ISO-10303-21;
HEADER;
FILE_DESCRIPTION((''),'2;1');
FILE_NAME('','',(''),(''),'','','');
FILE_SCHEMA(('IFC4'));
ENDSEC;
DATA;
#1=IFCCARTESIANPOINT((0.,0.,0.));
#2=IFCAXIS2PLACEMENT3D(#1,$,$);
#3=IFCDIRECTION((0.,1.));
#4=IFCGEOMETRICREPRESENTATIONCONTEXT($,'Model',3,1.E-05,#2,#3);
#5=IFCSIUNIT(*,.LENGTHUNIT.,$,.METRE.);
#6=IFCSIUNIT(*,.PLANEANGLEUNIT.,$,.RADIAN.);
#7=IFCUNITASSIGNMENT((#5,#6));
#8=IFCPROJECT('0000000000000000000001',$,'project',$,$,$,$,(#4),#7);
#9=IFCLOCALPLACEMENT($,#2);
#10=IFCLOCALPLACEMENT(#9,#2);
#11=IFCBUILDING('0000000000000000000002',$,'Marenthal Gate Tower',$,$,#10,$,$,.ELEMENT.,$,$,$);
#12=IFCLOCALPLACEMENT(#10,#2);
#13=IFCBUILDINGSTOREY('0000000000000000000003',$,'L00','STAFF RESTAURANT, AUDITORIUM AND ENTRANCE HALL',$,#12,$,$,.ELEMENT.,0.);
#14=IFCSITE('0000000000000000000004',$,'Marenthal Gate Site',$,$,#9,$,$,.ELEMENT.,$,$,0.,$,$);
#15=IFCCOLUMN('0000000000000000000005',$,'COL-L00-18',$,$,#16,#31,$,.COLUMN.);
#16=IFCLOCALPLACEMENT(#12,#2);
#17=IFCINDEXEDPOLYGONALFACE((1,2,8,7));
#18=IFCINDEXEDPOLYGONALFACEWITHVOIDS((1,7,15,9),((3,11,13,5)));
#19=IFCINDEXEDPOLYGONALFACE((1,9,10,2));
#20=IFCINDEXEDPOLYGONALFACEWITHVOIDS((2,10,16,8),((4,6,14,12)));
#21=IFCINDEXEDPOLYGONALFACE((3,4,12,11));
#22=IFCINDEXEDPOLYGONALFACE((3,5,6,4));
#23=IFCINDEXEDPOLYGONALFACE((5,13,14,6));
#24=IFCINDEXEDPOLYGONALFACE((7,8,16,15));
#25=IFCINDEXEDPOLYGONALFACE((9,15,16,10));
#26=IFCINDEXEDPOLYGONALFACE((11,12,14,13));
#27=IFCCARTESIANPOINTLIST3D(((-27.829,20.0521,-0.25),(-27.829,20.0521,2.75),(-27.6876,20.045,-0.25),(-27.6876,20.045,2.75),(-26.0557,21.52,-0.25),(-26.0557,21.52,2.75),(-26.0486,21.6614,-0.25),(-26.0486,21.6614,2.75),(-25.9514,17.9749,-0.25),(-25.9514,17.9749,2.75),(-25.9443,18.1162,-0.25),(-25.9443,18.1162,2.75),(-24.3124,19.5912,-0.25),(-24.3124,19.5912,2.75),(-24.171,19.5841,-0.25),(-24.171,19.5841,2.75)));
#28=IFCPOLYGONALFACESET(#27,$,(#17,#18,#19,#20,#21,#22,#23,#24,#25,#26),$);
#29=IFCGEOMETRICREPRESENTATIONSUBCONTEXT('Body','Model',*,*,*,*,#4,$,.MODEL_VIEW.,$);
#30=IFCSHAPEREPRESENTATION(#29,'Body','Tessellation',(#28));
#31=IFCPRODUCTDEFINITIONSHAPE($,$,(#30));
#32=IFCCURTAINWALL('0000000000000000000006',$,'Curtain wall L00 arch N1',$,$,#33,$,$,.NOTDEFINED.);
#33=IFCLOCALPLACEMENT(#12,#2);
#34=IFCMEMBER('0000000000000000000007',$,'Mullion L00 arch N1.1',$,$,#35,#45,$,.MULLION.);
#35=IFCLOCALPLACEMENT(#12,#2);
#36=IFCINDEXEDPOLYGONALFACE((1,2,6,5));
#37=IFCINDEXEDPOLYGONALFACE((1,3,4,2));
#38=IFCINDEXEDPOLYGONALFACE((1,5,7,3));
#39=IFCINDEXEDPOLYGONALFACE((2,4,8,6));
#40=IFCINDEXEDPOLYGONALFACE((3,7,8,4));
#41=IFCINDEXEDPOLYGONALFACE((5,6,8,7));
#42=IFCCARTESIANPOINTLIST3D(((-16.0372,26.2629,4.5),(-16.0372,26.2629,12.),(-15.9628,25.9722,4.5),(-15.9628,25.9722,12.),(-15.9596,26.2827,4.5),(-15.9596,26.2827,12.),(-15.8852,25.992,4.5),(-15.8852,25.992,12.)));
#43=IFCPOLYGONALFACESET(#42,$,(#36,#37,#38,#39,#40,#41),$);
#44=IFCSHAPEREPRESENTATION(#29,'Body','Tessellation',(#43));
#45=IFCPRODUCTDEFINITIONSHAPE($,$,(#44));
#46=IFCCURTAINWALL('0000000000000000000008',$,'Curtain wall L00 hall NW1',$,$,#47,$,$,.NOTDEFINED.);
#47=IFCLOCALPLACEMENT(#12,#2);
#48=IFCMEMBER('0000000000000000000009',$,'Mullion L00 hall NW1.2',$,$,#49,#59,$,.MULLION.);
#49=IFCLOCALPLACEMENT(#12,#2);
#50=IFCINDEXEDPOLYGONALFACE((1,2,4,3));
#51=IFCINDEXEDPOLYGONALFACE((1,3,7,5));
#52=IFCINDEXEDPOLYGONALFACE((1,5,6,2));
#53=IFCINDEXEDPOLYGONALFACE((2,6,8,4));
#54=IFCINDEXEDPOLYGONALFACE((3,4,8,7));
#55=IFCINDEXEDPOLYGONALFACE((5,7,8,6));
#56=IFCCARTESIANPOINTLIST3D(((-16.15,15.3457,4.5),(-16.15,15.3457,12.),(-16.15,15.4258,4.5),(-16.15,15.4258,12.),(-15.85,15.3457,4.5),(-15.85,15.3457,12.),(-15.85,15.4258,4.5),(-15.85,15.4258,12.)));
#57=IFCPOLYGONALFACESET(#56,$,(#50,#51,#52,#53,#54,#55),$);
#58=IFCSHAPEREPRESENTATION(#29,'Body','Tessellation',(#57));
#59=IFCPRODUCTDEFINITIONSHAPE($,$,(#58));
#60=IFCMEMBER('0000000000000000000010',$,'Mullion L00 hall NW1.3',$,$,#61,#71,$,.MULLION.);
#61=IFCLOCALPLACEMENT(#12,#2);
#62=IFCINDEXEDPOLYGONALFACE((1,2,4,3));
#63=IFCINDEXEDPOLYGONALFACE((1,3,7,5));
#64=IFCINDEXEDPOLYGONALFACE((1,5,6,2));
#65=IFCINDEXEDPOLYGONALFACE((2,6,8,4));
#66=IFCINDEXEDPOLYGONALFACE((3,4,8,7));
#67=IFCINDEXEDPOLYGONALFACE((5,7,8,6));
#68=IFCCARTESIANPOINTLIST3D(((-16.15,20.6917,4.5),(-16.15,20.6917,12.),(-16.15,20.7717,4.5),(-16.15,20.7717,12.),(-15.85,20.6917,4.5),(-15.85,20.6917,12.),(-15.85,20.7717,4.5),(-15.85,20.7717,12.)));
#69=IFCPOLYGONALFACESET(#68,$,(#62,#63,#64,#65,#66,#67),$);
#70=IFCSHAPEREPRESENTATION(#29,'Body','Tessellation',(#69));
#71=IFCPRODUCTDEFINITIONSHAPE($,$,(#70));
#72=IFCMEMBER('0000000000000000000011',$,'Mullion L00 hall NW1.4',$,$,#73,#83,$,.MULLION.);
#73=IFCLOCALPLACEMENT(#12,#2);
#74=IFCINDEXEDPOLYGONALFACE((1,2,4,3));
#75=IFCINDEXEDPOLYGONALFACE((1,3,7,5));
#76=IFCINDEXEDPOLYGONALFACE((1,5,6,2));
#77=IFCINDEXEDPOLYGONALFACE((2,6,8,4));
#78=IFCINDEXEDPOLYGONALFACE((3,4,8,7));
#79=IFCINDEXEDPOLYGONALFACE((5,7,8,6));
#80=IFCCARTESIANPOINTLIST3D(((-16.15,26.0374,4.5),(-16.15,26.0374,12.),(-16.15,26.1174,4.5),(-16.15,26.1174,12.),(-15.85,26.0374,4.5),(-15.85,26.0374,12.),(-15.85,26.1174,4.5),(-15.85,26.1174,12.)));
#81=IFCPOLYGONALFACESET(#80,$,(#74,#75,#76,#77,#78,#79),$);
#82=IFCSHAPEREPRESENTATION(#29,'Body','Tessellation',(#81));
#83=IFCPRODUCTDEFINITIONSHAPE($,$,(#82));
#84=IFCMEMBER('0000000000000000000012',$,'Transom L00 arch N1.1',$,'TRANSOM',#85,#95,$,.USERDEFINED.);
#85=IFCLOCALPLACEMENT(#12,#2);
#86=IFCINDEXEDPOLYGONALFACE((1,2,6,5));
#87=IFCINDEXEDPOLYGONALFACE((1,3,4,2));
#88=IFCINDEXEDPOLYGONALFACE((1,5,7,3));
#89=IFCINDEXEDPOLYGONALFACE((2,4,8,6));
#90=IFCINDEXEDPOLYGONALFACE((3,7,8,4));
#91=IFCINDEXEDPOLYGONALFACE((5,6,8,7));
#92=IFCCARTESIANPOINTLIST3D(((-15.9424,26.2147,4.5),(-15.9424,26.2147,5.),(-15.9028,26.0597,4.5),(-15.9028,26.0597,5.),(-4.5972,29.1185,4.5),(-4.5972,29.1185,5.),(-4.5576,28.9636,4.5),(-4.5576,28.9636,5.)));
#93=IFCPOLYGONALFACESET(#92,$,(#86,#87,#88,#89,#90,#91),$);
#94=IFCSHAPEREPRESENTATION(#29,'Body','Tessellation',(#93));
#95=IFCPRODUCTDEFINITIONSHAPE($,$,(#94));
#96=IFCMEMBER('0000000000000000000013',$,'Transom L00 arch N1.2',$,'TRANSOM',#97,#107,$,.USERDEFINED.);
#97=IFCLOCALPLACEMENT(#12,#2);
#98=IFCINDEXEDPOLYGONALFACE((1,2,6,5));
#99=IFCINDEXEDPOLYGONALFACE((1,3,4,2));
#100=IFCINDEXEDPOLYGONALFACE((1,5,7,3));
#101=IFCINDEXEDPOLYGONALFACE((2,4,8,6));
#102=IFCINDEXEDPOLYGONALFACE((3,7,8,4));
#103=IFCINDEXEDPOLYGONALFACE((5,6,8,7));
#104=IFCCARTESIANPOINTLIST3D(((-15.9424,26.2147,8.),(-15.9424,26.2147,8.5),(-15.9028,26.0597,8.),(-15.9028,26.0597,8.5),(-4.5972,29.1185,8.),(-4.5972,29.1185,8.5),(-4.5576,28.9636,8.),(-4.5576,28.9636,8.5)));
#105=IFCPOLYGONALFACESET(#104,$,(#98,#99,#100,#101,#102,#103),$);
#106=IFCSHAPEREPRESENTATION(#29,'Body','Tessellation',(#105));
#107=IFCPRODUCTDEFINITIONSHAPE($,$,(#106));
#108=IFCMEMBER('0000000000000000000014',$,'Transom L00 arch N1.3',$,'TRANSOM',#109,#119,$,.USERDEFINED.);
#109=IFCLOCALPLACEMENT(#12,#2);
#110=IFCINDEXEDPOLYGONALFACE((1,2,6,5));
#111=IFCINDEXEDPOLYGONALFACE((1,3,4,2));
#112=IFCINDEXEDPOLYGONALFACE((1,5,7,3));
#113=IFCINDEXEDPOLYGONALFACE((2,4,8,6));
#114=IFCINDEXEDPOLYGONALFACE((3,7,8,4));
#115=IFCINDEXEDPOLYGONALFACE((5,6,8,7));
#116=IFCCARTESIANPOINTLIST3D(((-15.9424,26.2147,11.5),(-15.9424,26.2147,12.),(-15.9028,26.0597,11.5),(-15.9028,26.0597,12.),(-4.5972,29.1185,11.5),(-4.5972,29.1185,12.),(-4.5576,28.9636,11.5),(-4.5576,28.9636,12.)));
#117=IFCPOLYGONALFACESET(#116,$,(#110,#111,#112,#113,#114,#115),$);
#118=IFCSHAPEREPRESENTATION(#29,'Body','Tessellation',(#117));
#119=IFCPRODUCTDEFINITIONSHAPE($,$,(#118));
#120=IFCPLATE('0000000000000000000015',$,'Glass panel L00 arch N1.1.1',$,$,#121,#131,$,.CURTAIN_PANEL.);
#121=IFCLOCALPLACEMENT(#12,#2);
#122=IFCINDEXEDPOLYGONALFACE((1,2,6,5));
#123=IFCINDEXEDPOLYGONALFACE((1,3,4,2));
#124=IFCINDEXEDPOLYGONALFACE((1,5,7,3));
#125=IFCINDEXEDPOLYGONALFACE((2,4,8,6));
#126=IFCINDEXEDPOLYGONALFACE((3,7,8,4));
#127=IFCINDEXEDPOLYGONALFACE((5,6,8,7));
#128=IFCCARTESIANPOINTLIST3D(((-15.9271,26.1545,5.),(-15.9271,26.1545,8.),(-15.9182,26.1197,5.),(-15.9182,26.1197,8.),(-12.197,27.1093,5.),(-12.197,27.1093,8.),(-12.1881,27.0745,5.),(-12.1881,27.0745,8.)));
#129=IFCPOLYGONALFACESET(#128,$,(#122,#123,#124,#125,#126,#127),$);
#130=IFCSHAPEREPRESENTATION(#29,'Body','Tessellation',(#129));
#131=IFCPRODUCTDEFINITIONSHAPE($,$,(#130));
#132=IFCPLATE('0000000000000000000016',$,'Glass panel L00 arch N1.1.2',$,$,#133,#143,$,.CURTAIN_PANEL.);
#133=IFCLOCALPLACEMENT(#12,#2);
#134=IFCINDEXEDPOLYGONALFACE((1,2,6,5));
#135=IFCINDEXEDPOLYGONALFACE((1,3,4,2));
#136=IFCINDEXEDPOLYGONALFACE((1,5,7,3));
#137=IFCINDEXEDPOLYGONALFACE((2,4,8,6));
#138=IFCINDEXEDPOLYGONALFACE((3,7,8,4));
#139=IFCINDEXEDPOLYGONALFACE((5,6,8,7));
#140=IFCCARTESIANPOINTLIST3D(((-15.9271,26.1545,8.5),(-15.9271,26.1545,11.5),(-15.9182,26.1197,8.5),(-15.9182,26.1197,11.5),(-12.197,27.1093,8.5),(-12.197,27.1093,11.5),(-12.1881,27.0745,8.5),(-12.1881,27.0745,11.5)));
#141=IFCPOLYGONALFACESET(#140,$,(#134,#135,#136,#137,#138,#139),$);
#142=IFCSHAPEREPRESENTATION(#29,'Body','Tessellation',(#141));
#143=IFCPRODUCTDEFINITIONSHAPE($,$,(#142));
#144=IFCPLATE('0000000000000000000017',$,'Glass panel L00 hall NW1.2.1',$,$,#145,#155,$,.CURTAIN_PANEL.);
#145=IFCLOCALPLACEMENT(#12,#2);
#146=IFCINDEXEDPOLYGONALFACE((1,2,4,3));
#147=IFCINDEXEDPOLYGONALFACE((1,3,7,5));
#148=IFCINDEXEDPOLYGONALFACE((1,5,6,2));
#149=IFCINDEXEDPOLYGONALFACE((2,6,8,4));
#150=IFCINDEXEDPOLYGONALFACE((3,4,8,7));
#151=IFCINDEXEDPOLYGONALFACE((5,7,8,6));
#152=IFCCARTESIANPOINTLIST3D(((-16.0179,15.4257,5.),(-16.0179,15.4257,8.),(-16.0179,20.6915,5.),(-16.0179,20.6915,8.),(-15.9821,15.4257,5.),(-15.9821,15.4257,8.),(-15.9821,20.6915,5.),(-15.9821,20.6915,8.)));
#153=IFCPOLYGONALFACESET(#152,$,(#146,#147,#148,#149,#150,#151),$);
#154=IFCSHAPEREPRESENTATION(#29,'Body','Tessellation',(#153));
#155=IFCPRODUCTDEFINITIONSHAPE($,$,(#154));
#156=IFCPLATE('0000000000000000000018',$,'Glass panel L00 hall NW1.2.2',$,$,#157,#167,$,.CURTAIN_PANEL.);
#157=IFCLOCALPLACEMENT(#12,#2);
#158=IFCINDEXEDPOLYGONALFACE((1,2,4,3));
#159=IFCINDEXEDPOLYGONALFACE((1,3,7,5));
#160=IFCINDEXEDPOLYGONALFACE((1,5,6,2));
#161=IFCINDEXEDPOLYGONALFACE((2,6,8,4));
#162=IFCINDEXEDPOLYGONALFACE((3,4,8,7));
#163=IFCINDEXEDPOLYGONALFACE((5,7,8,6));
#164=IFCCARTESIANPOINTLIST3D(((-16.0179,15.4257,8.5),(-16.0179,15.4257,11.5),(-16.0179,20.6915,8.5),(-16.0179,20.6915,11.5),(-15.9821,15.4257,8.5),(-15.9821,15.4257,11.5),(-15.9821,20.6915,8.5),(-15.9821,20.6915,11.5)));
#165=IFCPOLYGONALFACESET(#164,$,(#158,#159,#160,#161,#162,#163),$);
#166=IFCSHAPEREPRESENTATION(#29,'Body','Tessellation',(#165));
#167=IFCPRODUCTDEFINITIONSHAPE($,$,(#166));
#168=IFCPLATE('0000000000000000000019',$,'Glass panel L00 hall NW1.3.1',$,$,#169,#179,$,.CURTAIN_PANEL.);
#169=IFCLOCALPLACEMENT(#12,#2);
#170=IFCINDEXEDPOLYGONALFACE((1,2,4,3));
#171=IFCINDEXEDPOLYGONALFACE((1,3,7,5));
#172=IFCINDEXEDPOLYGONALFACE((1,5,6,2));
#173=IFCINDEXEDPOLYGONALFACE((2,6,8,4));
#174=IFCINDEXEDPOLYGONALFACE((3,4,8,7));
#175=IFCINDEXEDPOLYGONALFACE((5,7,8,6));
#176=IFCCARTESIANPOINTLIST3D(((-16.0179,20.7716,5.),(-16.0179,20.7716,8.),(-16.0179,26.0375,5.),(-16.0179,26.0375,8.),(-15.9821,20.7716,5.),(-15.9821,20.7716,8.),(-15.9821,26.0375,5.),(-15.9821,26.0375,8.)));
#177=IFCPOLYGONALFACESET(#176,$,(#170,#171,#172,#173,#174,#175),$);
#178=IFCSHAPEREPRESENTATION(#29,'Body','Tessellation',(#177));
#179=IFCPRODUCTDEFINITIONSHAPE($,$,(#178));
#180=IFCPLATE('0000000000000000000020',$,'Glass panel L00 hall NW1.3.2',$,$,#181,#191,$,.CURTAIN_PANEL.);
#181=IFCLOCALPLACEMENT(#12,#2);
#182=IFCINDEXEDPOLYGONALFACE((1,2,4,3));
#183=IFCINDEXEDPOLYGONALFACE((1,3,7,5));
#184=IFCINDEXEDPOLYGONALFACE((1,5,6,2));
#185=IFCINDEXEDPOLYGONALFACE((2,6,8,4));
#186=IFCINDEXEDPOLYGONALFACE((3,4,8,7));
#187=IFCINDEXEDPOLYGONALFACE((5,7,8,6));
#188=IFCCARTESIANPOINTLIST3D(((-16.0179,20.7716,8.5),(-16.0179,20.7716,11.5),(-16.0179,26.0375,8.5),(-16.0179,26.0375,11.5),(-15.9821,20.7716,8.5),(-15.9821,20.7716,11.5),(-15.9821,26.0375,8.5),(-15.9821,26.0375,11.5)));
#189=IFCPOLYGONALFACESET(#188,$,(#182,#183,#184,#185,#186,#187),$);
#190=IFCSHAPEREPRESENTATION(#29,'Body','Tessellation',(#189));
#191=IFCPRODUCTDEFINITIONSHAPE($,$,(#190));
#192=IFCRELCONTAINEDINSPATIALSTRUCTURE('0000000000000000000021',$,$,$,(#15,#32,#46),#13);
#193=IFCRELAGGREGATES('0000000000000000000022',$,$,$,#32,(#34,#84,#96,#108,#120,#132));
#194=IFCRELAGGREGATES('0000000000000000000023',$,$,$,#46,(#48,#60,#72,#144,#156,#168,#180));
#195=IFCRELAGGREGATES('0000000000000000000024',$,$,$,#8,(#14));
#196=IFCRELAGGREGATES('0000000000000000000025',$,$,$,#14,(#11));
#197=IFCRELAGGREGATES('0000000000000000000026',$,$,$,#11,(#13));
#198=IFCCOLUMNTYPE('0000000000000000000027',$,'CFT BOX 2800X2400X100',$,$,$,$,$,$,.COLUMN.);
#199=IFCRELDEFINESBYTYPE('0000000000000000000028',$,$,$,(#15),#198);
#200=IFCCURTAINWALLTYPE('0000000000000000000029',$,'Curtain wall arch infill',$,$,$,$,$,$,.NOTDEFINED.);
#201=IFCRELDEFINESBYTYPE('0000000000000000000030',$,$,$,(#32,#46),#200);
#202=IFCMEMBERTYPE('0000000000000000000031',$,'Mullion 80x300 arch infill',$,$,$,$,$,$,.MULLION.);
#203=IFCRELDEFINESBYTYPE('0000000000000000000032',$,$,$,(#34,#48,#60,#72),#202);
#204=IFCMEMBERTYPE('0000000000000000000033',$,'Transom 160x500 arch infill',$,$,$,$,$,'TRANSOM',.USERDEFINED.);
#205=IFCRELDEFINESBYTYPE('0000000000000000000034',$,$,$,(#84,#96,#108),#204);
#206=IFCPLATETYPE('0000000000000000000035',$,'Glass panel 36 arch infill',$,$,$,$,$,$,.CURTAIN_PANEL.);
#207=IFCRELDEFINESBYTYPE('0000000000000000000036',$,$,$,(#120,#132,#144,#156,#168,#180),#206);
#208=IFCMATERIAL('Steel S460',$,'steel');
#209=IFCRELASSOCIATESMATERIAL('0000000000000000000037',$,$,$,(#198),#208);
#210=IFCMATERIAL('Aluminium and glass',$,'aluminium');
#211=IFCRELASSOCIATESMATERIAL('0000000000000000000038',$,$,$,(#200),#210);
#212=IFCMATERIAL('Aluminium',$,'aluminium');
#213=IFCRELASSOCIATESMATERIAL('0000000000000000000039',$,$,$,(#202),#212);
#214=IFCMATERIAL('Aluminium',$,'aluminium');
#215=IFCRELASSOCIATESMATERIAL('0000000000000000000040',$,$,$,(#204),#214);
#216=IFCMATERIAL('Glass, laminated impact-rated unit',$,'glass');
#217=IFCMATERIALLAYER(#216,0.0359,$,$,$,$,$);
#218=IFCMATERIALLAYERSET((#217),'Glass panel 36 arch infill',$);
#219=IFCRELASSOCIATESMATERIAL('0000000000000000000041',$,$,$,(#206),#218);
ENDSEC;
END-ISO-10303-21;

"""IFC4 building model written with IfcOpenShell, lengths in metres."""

from ifc_helpers import new_model, si_unit, direction, frame, origin, origin_2d, place, context, subcontext, project, spatial, rectangle, hollow_rectangle, extrude, material, layer, layer_set, material_profile, profile_set, type_object, element, aggregate, save


model = new_model("IFC4")

# Units and contexts
model_context = context("Model", 3, precision=1e-05, world=origin(), true_north=direction((0.0, 1.0)))
body_context = subcontext(model_context, "Body", "Model", "MODEL_VIEW")
ifc_project = project(units=[si_unit("LENGTHUNIT", "METRE"), si_unit("PLANEANGLEUNIT", "RADIAN")], contexts=[model_context])

# Site, building, storey
site_placement = place(None, origin())
site = spatial("IfcSite", under=ifc_project, at=site_placement, Name="Marenthal Gate Site", CompositionType="ELEMENT", RefElevation=0.0)
building_placement = place(site_placement, origin())
building = spatial("IfcBuilding", under=site, at=building_placement, Name="Marenthal Gate Tower", CompositionType="ELEMENT")
storey_placement = place(building_placement, origin())
storey = spatial("IfcBuildingStorey", under=building, at=storey_placement, Name="L00", Description="STAFF RESTAURANT, AUDITORIUM AND ENTRANCE HALL", CompositionType="ELEMENT", Elevation=0.0)

# Column
ifc_material_1 = material(Name="Steel S460", Category="steel")
ifc_material_profile_1 = material_profile(ifc_material_1, hollow_rectangle(XDim=2.3999, YDim=2.8, WallThickness=0.1001, at=origin_2d()), Name="CFT BOX 2800X2400X100")
ifc_material_2 = material(Name="Concrete 70 MPa", Category="concrete")
ifc_material_profile_2 = material_profile(ifc_material_2, rectangle(XDim=2.2, YDim=2.6001, at=origin_2d()), Name="CFT BOX 2800X2400X100 INFILL")
ifc_profile_set_1 = profile_set([ifc_material_profile_1, ifc_material_profile_2], Name="Steel S460 shell, Concrete 70 MPa infill")
column_type = type_object("IfcColumnType", Name="CFT BOX 2800X2400X100", PredefinedType="COLUMN", material=ifc_profile_set_1)
column_placement = place(storey_placement, frame((-26.0, 19.8181, -0.25), z_axis=(0.0, 0.0, 1.0), x_axis=(0.741874, 0.670539, 0.0)))
element("IfcColumn", 1, at=column_placement, inside=storey, type_object=column_type, Name="COL-L00-18", PredefinedType="COLUMN", context=body_context, shape_type="SweptSolid", body=[
    extrude(hollow_rectangle(XDim=2.3999, YDim=2.8, WallThickness=0.1001, at=origin_2d()), origin(), (0.0, 0.0, 1.0), 3.0),
])

# Curtain wall, member
ifc_material_3 = material(Name="Aluminium and glass", Category="aluminium")
curtain_wall_type = type_object("IfcCurtainWallType", Name="Curtain wall arch infill", PredefinedType="NOTDEFINED", material=ifc_material_3)
curtain_wall_1_placement = place(storey_placement, origin())
curtain_wall_1 = element("IfcCurtainWall", 2, at=curtain_wall_1_placement, inside=storey, type_object=curtain_wall_type, Name="Curtain wall L00 arch N1", PredefinedType="NOTDEFINED")
ifc_material_4 = material(Name="Aluminium", Category="aluminium")
ifc_material_profile_3 = material_profile(ifc_material_4, rectangle(XDim=0.3, YDim=0.0801, at=origin_2d()), Name="80x300 aluminium mullion")
ifc_profile_set_2 = profile_set([ifc_material_profile_3], Name="Aluminium")
member_type_1 = type_object("IfcMemberType", Name="Mullion 80x300 arch infill", PredefinedType="MULLION", material=ifc_profile_set_2)
member_1_placement = place(storey_placement, frame((-15.9612, 26.1274, 4.5), z_axis=(0.0, 0.0, 1.0), x_axis=(-0.247965, 0.968769, 0.0)))
member_1 = element("IfcMember", 3, at=member_1_placement, type_object=member_type_1, Name="Mullion L00 arch N1.1", PredefinedType="MULLION", context=body_context, shape_type="SweptSolid", body=[
    extrude(rectangle(XDim=0.3, YDim=0.0801, at=origin_2d()), origin(), (0.0, 0.0, 1.0), 7.5),
])

# Curtain wall, members
curtain_wall_2_placement = place(storey_placement, origin())
curtain_wall_2 = element("IfcCurtainWall", 4, at=curtain_wall_2_placement, inside=storey, type_object=curtain_wall_type, Name="Curtain wall L00 hall NW1", PredefinedType="NOTDEFINED")
member_2_placement = place(storey_placement, frame((-16.0, 15.3857, 4.5), z_axis=(0.0, 0.0, 1.0), x_axis=(-1.0, 0.0, 0.0)))
member_2 = element("IfcMember", 5, at=member_2_placement, type_object=member_type_1, Name="Mullion L00 hall NW1.2", PredefinedType="MULLION", context=body_context, shape_type="SweptSolid", body=[
    extrude(rectangle(XDim=0.3, YDim=0.0801, at=origin_2d()), origin(), (0.0, 0.0, 1.0), 7.5),
])
member_3_placement = place(storey_placement, frame((-16.0, 20.7317, 4.5), z_axis=(0.0, 0.0, 1.0), x_axis=(-1.0, 0.0, 0.0)))
member_3 = element("IfcMember", 6, at=member_3_placement, type_object=member_type_1, Name="Mullion L00 hall NW1.3", PredefinedType="MULLION", context=body_context, shape_type="SweptSolid", body=[
    extrude(rectangle(XDim=0.3, YDim=0.0801, at=origin_2d()), origin(), (0.0, 0.0, 1.0), 7.5),
])
member_4_placement = place(storey_placement, frame((-16.0, 26.0774, 4.5), z_axis=(0.0, 0.0, 1.0), x_axis=(-1.0, 0.0, 0.0)))
member_4 = element("IfcMember", 7, at=member_4_placement, type_object=member_type_1, Name="Mullion L00 hall NW1.4", PredefinedType="MULLION", context=body_context, shape_type="SweptSolid", body=[
    extrude(rectangle(XDim=0.3, YDim=0.0801, at=origin_2d()), origin(), (0.0, 0.0, 1.0), 7.5),
])

# Members
ifc_material_5 = material(Name="Aluminium", Category="aluminium")
ifc_material_profile_4 = material_profile(ifc_material_5, rectangle(XDim=0.1599, YDim=0.5, at=origin_2d()), Name="160x500 aluminium transom")
ifc_profile_set_3 = profile_set([ifc_material_profile_4], Name="Aluminium")
member_type_2 = type_object("IfcMemberType", Name="Transom 160x500 arch infill", ElementType="TRANSOM", PredefinedType="USERDEFINED", material=ifc_profile_set_3)
member_5_placement = place(storey_placement, frame((-15.9226, 26.1372, 4.75), z_axis=(0.968771, 0.247957, 0.0), x_axis=(-0.247957, 0.968771, 0.0)))
member_5 = element("IfcMember", 8, at=member_5_placement, type_object=member_type_2, Name="Transom L00 arch N1.1", ObjectType="TRANSOM", PredefinedType="USERDEFINED", context=body_context, shape_type="SweptSolid", body=[
    extrude(rectangle(XDim=0.1599, YDim=0.5, at=origin_2d()), origin(), (0.0, 0.0, 1.0), 11.7109),
])
member_6_placement = place(storey_placement, frame((-15.9226, 26.1372, 8.25), z_axis=(0.968771, 0.247957, 0.0), x_axis=(-0.247957, 0.968771, 0.0)))
member_6 = element("IfcMember", 9, at=member_6_placement, type_object=member_type_2, Name="Transom L00 arch N1.2", ObjectType="TRANSOM", PredefinedType="USERDEFINED", context=body_context, shape_type="SweptSolid", body=[
    extrude(rectangle(XDim=0.1599, YDim=0.5, at=origin_2d()), origin(), (0.0, 0.0, 1.0), 11.7109),
])
member_7_placement = place(storey_placement, frame((-15.9226, 26.1372, 11.75), z_axis=(0.968771, 0.247957, 0.0), x_axis=(-0.247957, 0.968771, 0.0)))
member_7 = element("IfcMember", 10, at=member_7_placement, type_object=member_type_2, Name="Transom L00 arch N1.3", ObjectType="TRANSOM", PredefinedType="USERDEFINED", context=body_context, shape_type="SweptSolid", body=[
    extrude(rectangle(XDim=0.1599, YDim=0.5, at=origin_2d()), origin(), (0.0, 0.0, 1.0), 11.7109),
])

# Plates
ifc_material_6 = material(Name="Glass, laminated impact-rated unit", Category="glass")
ifc_layer_1 = layer(ifc_material_6, 0.0359)
ifc_layer_set_1 = layer_set([ifc_layer_1], Name="Glass panel 36 arch infill")
plate_type = type_object("IfcPlateType", Name="Glass panel 36 arch infill", PredefinedType="CURTAIN_PANEL", material=ifc_layer_set_1)
plate_1_placement = place(storey_placement, frame((-14.0576, 26.6145, 5.0), z_axis=(0.0, 0.0, 1.0), x_axis=(0.968769, 0.247965, 0.0)))
plate_1 = element("IfcPlate", 11, at=plate_1_placement, type_object=plate_type, Name="Glass panel L00 arch N1.1.1", PredefinedType="CURTAIN_PANEL", context=body_context, shape_type="SweptSolid", body=[
    extrude(rectangle(XDim=3.8503, YDim=0.0359, at=origin_2d()), origin(), (0.0, 0.0, 1.0), 3.0),
])
plate_2_placement = place(storey_placement, frame((-14.0576, 26.6145, 8.5), z_axis=(0.0, 0.0, 1.0), x_axis=(0.968769, 0.247965, 0.0)))
plate_2 = element("IfcPlate", 12, at=plate_2_placement, type_object=plate_type, Name="Glass panel L00 arch N1.1.2", PredefinedType="CURTAIN_PANEL", context=body_context, shape_type="SweptSolid", body=[
    extrude(rectangle(XDim=3.8503, YDim=0.0359, at=origin_2d()), origin(), (0.0, 0.0, 1.0), 3.0),
])
aggregate(curtain_wall_1, [member_1, member_5, member_6, member_7, plate_1, plate_2])
plate_3_placement = place(storey_placement, frame((-16.0, 18.0586, 5.0), z_axis=(0.0, 0.0, 1.0), x_axis=(0.0, 1.0, 0.0)))
plate_3 = element("IfcPlate", 13, at=plate_3_placement, type_object=plate_type, Name="Glass panel L00 hall NW1.2.1", PredefinedType="CURTAIN_PANEL", context=body_context, shape_type="SweptSolid", body=[
    extrude(rectangle(XDim=5.2659, YDim=0.0359, at=origin_2d()), origin(), (0.0, 0.0, 1.0), 3.0),
])
plate_4_placement = place(storey_placement, frame((-16.0, 18.0586, 8.5), z_axis=(0.0, 0.0, 1.0), x_axis=(0.0, 1.0, 0.0)))
plate_4 = element("IfcPlate", 14, at=plate_4_placement, type_object=plate_type, Name="Glass panel L00 hall NW1.2.2", PredefinedType="CURTAIN_PANEL", context=body_context, shape_type="SweptSolid", body=[
    extrude(rectangle(XDim=5.2659, YDim=0.0359, at=origin_2d()), origin(), (0.0, 0.0, 1.0), 3.0),
])
plate_5_placement = place(storey_placement, frame((-16.0, 23.4045, 5.0), z_axis=(0.0, 0.0, 1.0), x_axis=(0.0, 1.0, 0.0)))
plate_5 = element("IfcPlate", 15, at=plate_5_placement, type_object=plate_type, Name="Glass panel L00 hall NW1.3.1", PredefinedType="CURTAIN_PANEL", context=body_context, shape_type="SweptSolid", body=[
    extrude(rectangle(XDim=5.2659, YDim=0.0359, at=origin_2d()), origin(), (0.0, 0.0, 1.0), 3.0),
])
plate_6_placement = place(storey_placement, frame((-16.0, 23.4045, 8.5), z_axis=(0.0, 0.0, 1.0), x_axis=(0.0, 1.0, 0.0)))
plate_6 = element("IfcPlate", 16, at=plate_6_placement, type_object=plate_type, Name="Glass panel L00 hall NW1.3.2", PredefinedType="CURTAIN_PANEL", context=body_context, shape_type="SweptSolid", body=[
    extrude(rectangle(XDim=5.2659, YDim=0.0359, at=origin_2d()), origin(), (0.0, 0.0, 1.0), 3.0),
])
aggregate(curtain_wall_2, [member_2, member_3, member_4, plate_3, plate_4, plate_5, plate_6])

save(model, "model.ifc")
